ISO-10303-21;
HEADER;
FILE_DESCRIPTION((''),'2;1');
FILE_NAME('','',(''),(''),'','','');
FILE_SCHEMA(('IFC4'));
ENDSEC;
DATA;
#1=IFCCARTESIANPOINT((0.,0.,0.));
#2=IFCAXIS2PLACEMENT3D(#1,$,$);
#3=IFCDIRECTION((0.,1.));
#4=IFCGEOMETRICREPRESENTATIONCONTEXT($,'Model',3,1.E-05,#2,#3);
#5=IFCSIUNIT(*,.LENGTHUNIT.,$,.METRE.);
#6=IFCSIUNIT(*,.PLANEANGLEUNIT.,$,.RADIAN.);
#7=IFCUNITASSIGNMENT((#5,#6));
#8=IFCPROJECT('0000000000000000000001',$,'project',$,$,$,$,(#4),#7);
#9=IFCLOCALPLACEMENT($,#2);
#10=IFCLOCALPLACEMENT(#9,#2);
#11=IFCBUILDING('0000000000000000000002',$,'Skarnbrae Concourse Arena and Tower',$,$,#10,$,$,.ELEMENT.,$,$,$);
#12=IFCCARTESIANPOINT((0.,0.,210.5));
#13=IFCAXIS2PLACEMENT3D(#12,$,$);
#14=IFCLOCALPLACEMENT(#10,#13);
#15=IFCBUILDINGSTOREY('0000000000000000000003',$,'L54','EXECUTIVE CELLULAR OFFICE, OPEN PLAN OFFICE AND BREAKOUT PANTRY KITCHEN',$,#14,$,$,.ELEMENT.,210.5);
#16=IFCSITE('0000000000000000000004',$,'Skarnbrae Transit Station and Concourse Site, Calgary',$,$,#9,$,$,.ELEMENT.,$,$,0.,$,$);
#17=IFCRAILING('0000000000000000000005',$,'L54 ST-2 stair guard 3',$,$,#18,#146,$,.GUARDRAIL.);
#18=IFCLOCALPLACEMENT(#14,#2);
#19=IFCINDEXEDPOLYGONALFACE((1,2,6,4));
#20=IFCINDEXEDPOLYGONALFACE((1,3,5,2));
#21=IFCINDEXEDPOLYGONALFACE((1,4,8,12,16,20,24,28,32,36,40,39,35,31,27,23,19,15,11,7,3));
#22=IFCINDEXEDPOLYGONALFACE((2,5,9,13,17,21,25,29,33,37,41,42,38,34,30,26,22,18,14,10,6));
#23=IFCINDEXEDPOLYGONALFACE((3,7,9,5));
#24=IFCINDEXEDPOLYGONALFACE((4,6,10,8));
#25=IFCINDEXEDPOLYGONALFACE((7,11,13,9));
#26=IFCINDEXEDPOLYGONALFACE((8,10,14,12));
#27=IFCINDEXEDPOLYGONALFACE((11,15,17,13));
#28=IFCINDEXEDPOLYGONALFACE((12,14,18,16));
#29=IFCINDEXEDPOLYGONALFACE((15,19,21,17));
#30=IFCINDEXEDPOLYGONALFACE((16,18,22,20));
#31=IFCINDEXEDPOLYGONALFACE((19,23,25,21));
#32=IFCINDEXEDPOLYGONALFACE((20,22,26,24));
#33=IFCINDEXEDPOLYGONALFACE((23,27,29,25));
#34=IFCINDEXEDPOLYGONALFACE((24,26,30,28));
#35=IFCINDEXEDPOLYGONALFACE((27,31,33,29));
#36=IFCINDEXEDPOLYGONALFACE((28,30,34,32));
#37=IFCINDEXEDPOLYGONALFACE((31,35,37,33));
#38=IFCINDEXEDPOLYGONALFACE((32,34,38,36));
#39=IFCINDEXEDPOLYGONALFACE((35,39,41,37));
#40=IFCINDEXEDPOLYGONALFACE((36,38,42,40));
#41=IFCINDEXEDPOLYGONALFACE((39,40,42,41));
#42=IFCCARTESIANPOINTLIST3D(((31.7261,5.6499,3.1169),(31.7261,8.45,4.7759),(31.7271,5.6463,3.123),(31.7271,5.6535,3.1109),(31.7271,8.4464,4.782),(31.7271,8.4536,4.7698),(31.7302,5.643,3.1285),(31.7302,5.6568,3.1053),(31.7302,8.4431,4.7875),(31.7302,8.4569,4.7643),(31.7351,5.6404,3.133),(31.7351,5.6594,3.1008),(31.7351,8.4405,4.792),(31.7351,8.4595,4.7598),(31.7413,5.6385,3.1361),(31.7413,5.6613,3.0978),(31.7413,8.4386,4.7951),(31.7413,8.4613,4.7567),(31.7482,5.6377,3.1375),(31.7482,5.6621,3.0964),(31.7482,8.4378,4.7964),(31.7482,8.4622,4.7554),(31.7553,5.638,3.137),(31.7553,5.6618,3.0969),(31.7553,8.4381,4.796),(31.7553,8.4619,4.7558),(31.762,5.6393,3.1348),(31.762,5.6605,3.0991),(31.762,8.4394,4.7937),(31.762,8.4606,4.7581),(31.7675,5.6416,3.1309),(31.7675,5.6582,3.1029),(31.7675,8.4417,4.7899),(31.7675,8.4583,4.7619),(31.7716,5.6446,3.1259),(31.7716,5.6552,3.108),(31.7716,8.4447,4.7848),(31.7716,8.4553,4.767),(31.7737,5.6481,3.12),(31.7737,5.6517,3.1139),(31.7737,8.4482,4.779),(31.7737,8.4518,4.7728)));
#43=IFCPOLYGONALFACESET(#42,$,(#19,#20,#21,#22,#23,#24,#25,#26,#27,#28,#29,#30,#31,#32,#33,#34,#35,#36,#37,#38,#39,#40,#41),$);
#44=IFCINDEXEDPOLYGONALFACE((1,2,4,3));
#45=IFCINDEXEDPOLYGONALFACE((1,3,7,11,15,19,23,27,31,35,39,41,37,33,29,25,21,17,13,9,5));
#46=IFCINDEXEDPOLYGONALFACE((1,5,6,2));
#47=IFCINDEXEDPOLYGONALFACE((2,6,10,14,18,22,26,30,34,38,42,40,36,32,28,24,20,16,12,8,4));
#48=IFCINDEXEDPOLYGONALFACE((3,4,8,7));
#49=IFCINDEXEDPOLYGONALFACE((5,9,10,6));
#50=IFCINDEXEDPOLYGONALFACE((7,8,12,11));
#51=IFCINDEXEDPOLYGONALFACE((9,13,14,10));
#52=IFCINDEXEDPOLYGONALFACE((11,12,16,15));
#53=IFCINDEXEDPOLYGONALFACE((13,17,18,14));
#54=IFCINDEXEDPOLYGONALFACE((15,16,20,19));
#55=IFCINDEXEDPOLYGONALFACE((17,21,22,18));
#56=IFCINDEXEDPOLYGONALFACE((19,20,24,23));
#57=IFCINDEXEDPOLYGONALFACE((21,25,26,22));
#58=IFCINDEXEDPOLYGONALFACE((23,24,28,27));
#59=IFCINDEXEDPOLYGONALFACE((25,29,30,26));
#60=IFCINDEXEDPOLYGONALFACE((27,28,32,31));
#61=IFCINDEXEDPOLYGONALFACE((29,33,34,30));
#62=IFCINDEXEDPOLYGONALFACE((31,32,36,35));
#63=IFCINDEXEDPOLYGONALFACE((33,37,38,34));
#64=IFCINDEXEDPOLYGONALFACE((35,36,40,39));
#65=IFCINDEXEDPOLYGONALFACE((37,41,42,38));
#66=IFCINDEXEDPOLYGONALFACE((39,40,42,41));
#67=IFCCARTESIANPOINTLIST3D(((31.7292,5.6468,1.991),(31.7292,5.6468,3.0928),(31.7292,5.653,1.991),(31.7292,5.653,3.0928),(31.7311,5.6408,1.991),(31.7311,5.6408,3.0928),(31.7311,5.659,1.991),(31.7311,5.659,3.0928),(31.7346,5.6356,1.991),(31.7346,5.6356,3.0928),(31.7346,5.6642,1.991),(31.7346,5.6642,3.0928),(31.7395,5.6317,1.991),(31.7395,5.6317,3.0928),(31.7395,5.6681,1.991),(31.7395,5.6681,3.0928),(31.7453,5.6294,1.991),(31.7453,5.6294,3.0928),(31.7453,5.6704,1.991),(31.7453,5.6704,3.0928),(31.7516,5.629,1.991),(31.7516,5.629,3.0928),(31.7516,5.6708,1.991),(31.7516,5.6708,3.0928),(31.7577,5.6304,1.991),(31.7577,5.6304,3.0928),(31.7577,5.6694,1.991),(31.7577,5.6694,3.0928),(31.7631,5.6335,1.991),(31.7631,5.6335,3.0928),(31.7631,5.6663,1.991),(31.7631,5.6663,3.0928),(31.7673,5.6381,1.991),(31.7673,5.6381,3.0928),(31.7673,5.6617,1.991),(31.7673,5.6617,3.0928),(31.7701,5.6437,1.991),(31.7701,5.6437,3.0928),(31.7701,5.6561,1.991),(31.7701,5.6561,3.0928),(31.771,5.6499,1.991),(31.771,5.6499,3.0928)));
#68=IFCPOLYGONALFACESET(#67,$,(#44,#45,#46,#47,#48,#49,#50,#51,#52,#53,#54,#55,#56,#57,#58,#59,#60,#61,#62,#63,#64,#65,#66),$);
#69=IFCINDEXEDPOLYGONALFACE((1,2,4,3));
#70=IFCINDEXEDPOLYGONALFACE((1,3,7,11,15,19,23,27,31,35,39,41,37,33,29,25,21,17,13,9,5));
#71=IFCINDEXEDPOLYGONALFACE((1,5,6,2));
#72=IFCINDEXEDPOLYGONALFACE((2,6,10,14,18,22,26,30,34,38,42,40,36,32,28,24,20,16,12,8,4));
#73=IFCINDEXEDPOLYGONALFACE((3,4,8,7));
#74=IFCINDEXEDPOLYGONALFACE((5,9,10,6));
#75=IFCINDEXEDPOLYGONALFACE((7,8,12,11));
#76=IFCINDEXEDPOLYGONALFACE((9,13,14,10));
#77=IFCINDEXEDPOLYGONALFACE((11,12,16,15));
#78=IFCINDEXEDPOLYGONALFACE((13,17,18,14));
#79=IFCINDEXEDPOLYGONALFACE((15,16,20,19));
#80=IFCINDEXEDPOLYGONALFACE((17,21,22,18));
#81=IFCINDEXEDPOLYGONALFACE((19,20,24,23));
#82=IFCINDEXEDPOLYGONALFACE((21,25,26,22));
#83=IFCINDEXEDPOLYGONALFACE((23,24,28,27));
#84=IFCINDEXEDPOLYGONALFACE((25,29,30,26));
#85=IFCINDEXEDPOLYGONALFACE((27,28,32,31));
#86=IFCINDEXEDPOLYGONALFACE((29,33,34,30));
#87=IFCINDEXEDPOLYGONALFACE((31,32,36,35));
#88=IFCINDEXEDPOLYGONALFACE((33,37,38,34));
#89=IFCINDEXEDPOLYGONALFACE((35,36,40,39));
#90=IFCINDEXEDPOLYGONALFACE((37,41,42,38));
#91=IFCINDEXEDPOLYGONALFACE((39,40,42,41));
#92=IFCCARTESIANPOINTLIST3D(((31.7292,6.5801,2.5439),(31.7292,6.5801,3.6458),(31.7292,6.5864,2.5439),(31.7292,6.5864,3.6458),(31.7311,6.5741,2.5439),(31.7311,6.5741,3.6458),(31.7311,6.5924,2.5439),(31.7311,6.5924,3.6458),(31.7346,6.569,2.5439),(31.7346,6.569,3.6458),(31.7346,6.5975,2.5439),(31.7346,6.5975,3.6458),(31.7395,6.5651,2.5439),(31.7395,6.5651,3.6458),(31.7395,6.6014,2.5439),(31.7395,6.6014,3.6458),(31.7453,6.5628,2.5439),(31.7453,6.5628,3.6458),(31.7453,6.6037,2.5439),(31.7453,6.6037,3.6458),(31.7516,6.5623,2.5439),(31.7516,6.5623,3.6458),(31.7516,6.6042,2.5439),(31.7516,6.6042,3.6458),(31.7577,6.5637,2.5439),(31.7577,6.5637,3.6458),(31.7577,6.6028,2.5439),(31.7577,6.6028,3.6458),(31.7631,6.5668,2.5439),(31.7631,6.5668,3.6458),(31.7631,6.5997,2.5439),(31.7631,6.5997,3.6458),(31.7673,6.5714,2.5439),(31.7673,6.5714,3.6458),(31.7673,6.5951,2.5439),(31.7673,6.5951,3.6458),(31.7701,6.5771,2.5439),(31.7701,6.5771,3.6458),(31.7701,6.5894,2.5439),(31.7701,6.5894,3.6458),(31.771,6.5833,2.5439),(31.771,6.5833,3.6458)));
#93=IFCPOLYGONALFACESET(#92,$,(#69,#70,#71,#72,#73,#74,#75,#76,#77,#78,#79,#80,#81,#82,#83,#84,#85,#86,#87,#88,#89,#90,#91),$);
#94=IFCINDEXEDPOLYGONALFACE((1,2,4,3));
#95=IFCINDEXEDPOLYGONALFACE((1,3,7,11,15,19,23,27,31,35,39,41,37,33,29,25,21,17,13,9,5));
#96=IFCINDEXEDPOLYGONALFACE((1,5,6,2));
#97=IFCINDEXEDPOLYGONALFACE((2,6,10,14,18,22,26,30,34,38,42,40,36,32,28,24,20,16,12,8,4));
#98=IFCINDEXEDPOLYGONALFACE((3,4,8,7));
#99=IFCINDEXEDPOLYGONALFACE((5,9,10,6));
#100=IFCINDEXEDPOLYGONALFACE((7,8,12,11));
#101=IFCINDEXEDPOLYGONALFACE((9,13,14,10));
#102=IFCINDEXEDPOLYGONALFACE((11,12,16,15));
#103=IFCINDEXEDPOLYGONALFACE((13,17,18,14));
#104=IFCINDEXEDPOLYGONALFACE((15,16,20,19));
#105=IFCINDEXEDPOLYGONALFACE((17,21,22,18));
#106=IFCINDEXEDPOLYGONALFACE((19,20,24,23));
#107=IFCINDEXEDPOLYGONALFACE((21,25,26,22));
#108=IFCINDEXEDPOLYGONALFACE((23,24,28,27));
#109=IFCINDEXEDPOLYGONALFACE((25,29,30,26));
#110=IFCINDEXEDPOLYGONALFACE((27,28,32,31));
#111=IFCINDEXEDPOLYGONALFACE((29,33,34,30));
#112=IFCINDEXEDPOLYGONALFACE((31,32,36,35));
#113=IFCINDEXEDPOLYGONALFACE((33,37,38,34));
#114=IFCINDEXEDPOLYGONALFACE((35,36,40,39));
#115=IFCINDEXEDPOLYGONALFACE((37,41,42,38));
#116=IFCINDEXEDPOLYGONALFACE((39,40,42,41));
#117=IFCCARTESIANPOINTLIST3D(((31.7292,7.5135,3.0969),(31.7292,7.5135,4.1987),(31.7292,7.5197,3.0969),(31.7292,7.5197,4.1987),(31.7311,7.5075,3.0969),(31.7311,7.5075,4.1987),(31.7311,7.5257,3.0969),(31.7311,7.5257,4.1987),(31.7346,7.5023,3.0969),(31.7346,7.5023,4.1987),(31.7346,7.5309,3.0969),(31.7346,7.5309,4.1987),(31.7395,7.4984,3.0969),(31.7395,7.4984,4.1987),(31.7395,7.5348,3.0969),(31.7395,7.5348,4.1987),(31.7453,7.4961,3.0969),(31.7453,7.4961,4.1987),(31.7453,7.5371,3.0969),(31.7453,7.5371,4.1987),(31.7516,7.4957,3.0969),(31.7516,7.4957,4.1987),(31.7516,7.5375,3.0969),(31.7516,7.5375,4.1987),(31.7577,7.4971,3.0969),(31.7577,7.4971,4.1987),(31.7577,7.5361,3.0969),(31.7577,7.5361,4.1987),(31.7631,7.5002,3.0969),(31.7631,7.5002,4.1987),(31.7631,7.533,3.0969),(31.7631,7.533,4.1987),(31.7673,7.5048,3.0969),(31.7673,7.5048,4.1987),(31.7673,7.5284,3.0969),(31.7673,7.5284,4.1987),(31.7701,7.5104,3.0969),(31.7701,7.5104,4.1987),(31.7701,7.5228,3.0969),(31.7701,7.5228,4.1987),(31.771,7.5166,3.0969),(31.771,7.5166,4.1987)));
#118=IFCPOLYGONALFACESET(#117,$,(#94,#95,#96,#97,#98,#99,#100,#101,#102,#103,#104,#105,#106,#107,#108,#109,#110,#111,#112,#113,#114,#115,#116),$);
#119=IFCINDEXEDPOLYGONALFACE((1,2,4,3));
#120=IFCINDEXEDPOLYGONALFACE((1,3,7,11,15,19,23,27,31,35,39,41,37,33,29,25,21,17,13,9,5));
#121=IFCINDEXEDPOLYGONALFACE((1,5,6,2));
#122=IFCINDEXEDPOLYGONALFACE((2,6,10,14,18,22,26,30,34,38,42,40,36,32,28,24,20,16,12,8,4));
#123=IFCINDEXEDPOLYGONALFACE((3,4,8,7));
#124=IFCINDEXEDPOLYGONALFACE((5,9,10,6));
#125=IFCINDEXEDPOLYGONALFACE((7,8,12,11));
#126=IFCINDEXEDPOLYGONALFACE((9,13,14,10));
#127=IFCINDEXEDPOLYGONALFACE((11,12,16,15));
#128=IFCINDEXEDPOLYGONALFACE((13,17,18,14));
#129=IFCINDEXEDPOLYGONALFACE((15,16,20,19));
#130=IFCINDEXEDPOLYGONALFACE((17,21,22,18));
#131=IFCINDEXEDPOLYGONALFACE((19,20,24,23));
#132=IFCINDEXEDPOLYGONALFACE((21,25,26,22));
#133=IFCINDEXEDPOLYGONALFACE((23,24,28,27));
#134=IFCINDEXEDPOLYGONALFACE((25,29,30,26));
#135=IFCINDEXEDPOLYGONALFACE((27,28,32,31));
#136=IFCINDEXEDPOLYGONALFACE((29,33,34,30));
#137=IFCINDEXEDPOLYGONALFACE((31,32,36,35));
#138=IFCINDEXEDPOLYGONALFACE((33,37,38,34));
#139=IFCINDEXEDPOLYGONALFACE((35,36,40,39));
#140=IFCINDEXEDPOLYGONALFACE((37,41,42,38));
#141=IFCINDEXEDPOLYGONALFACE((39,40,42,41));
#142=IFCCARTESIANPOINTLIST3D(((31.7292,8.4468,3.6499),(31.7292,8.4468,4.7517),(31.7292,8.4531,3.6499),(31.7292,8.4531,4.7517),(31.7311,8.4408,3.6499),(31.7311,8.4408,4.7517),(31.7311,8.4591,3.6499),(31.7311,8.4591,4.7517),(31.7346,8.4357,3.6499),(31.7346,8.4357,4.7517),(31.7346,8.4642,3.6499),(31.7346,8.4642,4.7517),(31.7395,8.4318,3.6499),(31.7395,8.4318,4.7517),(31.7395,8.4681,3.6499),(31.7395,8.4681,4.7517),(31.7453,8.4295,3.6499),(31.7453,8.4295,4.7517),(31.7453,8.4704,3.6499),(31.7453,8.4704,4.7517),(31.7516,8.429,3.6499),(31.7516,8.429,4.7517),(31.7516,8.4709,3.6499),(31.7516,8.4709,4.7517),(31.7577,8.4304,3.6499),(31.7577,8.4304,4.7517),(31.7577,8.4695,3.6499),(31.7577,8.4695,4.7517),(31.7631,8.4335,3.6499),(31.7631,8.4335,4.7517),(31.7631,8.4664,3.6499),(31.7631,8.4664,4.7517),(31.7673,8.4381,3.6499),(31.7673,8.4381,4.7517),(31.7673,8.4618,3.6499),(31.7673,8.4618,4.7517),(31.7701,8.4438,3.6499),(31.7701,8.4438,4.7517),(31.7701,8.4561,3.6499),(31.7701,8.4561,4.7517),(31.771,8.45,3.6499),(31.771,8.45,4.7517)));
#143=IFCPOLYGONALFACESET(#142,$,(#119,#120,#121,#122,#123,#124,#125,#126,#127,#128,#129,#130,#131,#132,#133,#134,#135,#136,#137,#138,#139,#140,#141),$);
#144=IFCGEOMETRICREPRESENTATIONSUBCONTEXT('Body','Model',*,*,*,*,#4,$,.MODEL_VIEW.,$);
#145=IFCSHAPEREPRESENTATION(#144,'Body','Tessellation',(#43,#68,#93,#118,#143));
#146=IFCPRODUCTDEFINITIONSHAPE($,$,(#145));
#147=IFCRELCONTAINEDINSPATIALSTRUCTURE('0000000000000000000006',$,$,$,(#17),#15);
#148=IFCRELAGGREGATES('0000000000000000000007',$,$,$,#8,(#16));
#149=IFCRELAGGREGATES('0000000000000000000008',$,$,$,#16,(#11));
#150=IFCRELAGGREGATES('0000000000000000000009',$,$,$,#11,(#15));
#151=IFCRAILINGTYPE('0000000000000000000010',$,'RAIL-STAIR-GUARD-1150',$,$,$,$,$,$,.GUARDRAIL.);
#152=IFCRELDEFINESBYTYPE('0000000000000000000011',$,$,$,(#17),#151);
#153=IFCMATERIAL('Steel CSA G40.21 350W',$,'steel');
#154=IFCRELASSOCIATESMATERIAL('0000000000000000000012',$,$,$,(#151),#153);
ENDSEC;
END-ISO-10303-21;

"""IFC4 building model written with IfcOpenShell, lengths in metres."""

from ifc_helpers import new_model, si_unit, direction, frame, origin, origin_2d, place, context, subcontext, project, spatial, circle, extrude, material, type_object, element, save


model = new_model("IFC4")

# Units and contexts
model_context = context("Model", 3, precision=1e-05, world=origin(), true_north=direction((0.0, 1.0)))
body_context = subcontext(model_context, "Body", "Model", "MODEL_VIEW")
ifc_project = project(units=[si_unit("LENGTHUNIT", "METRE"), si_unit("PLANEANGLEUNIT", "RADIAN")], contexts=[model_context])

# Site, building, storey
site_placement = place(None, origin())
site = spatial("IfcSite", under=ifc_project, at=site_placement, Name="Skarnbrae Transit Station and Concourse Site, Calgary", CompositionType="ELEMENT", RefElevation=0.0)
building_placement = place(site_placement, origin())
building = spatial("IfcBuilding", under=site, at=building_placement, Name="Skarnbrae Concourse Arena and Tower", CompositionType="ELEMENT")
storey_placement = place(building_placement, frame((0.0, 0.0, 210.5)))
storey = spatial("IfcBuildingStorey", under=building, at=storey_placement, Name="L54", Description="EXECUTIVE CELLULAR OFFICE, OPEN PLAN OFFICE AND BREAKOUT PANTRY KITCHEN", CompositionType="ELEMENT", Elevation=210.5)

# Shared definitions
ifc_material_1 = material(Name="Steel CSA G40.21 350W", Category="steel")

# Railing
railing_type_1 = type_object("IfcRailingType", Name="RAIL-STAIR-GUARD-1150", PredefinedType="GUARDRAIL", material=ifc_material_1)
railing_1_placement = place(storey_placement, frame((31.75, 5.6499, 1.991)))
element("IfcRailing", 1, at=railing_1_placement, inside=storey, type_object=railing_type_1, Name="L54 ST-2 stair guard 3", PredefinedType="GUARDRAIL", context=body_context, shape_type="SweptSolid", body=[
    extrude(circle(Radius=0.0239, at=origin_2d()), frame((0.0, 0.0, 1.126), z_axis=(0.0, 0.860339, 0.509722), x_axis=(-1.0, 0.0, 0.0)), (0.0, 0.0, 1.0), 3.2546),
    extrude(circle(Radius=0.021, at=origin_2d()), origin(), (0.0, 0.0, 1.0), 1.1018),
    extrude(circle(Radius=0.021, at=origin_2d()), frame((0.0, 0.9333, 0.553)), (0.0, 0.0, 1.0), 1.1018),
    extrude(circle(Radius=0.021, at=origin_2d()), frame((0.0, 1.8667, 1.106)), (0.0, 0.0, 1.0), 1.1018),
    extrude(circle(Radius=0.021, at=origin_2d()), frame((0.0, 2.8, 1.6589)), (0.0, 0.0, 1.0), 1.1018),
])

save(model, "model.ifc")
